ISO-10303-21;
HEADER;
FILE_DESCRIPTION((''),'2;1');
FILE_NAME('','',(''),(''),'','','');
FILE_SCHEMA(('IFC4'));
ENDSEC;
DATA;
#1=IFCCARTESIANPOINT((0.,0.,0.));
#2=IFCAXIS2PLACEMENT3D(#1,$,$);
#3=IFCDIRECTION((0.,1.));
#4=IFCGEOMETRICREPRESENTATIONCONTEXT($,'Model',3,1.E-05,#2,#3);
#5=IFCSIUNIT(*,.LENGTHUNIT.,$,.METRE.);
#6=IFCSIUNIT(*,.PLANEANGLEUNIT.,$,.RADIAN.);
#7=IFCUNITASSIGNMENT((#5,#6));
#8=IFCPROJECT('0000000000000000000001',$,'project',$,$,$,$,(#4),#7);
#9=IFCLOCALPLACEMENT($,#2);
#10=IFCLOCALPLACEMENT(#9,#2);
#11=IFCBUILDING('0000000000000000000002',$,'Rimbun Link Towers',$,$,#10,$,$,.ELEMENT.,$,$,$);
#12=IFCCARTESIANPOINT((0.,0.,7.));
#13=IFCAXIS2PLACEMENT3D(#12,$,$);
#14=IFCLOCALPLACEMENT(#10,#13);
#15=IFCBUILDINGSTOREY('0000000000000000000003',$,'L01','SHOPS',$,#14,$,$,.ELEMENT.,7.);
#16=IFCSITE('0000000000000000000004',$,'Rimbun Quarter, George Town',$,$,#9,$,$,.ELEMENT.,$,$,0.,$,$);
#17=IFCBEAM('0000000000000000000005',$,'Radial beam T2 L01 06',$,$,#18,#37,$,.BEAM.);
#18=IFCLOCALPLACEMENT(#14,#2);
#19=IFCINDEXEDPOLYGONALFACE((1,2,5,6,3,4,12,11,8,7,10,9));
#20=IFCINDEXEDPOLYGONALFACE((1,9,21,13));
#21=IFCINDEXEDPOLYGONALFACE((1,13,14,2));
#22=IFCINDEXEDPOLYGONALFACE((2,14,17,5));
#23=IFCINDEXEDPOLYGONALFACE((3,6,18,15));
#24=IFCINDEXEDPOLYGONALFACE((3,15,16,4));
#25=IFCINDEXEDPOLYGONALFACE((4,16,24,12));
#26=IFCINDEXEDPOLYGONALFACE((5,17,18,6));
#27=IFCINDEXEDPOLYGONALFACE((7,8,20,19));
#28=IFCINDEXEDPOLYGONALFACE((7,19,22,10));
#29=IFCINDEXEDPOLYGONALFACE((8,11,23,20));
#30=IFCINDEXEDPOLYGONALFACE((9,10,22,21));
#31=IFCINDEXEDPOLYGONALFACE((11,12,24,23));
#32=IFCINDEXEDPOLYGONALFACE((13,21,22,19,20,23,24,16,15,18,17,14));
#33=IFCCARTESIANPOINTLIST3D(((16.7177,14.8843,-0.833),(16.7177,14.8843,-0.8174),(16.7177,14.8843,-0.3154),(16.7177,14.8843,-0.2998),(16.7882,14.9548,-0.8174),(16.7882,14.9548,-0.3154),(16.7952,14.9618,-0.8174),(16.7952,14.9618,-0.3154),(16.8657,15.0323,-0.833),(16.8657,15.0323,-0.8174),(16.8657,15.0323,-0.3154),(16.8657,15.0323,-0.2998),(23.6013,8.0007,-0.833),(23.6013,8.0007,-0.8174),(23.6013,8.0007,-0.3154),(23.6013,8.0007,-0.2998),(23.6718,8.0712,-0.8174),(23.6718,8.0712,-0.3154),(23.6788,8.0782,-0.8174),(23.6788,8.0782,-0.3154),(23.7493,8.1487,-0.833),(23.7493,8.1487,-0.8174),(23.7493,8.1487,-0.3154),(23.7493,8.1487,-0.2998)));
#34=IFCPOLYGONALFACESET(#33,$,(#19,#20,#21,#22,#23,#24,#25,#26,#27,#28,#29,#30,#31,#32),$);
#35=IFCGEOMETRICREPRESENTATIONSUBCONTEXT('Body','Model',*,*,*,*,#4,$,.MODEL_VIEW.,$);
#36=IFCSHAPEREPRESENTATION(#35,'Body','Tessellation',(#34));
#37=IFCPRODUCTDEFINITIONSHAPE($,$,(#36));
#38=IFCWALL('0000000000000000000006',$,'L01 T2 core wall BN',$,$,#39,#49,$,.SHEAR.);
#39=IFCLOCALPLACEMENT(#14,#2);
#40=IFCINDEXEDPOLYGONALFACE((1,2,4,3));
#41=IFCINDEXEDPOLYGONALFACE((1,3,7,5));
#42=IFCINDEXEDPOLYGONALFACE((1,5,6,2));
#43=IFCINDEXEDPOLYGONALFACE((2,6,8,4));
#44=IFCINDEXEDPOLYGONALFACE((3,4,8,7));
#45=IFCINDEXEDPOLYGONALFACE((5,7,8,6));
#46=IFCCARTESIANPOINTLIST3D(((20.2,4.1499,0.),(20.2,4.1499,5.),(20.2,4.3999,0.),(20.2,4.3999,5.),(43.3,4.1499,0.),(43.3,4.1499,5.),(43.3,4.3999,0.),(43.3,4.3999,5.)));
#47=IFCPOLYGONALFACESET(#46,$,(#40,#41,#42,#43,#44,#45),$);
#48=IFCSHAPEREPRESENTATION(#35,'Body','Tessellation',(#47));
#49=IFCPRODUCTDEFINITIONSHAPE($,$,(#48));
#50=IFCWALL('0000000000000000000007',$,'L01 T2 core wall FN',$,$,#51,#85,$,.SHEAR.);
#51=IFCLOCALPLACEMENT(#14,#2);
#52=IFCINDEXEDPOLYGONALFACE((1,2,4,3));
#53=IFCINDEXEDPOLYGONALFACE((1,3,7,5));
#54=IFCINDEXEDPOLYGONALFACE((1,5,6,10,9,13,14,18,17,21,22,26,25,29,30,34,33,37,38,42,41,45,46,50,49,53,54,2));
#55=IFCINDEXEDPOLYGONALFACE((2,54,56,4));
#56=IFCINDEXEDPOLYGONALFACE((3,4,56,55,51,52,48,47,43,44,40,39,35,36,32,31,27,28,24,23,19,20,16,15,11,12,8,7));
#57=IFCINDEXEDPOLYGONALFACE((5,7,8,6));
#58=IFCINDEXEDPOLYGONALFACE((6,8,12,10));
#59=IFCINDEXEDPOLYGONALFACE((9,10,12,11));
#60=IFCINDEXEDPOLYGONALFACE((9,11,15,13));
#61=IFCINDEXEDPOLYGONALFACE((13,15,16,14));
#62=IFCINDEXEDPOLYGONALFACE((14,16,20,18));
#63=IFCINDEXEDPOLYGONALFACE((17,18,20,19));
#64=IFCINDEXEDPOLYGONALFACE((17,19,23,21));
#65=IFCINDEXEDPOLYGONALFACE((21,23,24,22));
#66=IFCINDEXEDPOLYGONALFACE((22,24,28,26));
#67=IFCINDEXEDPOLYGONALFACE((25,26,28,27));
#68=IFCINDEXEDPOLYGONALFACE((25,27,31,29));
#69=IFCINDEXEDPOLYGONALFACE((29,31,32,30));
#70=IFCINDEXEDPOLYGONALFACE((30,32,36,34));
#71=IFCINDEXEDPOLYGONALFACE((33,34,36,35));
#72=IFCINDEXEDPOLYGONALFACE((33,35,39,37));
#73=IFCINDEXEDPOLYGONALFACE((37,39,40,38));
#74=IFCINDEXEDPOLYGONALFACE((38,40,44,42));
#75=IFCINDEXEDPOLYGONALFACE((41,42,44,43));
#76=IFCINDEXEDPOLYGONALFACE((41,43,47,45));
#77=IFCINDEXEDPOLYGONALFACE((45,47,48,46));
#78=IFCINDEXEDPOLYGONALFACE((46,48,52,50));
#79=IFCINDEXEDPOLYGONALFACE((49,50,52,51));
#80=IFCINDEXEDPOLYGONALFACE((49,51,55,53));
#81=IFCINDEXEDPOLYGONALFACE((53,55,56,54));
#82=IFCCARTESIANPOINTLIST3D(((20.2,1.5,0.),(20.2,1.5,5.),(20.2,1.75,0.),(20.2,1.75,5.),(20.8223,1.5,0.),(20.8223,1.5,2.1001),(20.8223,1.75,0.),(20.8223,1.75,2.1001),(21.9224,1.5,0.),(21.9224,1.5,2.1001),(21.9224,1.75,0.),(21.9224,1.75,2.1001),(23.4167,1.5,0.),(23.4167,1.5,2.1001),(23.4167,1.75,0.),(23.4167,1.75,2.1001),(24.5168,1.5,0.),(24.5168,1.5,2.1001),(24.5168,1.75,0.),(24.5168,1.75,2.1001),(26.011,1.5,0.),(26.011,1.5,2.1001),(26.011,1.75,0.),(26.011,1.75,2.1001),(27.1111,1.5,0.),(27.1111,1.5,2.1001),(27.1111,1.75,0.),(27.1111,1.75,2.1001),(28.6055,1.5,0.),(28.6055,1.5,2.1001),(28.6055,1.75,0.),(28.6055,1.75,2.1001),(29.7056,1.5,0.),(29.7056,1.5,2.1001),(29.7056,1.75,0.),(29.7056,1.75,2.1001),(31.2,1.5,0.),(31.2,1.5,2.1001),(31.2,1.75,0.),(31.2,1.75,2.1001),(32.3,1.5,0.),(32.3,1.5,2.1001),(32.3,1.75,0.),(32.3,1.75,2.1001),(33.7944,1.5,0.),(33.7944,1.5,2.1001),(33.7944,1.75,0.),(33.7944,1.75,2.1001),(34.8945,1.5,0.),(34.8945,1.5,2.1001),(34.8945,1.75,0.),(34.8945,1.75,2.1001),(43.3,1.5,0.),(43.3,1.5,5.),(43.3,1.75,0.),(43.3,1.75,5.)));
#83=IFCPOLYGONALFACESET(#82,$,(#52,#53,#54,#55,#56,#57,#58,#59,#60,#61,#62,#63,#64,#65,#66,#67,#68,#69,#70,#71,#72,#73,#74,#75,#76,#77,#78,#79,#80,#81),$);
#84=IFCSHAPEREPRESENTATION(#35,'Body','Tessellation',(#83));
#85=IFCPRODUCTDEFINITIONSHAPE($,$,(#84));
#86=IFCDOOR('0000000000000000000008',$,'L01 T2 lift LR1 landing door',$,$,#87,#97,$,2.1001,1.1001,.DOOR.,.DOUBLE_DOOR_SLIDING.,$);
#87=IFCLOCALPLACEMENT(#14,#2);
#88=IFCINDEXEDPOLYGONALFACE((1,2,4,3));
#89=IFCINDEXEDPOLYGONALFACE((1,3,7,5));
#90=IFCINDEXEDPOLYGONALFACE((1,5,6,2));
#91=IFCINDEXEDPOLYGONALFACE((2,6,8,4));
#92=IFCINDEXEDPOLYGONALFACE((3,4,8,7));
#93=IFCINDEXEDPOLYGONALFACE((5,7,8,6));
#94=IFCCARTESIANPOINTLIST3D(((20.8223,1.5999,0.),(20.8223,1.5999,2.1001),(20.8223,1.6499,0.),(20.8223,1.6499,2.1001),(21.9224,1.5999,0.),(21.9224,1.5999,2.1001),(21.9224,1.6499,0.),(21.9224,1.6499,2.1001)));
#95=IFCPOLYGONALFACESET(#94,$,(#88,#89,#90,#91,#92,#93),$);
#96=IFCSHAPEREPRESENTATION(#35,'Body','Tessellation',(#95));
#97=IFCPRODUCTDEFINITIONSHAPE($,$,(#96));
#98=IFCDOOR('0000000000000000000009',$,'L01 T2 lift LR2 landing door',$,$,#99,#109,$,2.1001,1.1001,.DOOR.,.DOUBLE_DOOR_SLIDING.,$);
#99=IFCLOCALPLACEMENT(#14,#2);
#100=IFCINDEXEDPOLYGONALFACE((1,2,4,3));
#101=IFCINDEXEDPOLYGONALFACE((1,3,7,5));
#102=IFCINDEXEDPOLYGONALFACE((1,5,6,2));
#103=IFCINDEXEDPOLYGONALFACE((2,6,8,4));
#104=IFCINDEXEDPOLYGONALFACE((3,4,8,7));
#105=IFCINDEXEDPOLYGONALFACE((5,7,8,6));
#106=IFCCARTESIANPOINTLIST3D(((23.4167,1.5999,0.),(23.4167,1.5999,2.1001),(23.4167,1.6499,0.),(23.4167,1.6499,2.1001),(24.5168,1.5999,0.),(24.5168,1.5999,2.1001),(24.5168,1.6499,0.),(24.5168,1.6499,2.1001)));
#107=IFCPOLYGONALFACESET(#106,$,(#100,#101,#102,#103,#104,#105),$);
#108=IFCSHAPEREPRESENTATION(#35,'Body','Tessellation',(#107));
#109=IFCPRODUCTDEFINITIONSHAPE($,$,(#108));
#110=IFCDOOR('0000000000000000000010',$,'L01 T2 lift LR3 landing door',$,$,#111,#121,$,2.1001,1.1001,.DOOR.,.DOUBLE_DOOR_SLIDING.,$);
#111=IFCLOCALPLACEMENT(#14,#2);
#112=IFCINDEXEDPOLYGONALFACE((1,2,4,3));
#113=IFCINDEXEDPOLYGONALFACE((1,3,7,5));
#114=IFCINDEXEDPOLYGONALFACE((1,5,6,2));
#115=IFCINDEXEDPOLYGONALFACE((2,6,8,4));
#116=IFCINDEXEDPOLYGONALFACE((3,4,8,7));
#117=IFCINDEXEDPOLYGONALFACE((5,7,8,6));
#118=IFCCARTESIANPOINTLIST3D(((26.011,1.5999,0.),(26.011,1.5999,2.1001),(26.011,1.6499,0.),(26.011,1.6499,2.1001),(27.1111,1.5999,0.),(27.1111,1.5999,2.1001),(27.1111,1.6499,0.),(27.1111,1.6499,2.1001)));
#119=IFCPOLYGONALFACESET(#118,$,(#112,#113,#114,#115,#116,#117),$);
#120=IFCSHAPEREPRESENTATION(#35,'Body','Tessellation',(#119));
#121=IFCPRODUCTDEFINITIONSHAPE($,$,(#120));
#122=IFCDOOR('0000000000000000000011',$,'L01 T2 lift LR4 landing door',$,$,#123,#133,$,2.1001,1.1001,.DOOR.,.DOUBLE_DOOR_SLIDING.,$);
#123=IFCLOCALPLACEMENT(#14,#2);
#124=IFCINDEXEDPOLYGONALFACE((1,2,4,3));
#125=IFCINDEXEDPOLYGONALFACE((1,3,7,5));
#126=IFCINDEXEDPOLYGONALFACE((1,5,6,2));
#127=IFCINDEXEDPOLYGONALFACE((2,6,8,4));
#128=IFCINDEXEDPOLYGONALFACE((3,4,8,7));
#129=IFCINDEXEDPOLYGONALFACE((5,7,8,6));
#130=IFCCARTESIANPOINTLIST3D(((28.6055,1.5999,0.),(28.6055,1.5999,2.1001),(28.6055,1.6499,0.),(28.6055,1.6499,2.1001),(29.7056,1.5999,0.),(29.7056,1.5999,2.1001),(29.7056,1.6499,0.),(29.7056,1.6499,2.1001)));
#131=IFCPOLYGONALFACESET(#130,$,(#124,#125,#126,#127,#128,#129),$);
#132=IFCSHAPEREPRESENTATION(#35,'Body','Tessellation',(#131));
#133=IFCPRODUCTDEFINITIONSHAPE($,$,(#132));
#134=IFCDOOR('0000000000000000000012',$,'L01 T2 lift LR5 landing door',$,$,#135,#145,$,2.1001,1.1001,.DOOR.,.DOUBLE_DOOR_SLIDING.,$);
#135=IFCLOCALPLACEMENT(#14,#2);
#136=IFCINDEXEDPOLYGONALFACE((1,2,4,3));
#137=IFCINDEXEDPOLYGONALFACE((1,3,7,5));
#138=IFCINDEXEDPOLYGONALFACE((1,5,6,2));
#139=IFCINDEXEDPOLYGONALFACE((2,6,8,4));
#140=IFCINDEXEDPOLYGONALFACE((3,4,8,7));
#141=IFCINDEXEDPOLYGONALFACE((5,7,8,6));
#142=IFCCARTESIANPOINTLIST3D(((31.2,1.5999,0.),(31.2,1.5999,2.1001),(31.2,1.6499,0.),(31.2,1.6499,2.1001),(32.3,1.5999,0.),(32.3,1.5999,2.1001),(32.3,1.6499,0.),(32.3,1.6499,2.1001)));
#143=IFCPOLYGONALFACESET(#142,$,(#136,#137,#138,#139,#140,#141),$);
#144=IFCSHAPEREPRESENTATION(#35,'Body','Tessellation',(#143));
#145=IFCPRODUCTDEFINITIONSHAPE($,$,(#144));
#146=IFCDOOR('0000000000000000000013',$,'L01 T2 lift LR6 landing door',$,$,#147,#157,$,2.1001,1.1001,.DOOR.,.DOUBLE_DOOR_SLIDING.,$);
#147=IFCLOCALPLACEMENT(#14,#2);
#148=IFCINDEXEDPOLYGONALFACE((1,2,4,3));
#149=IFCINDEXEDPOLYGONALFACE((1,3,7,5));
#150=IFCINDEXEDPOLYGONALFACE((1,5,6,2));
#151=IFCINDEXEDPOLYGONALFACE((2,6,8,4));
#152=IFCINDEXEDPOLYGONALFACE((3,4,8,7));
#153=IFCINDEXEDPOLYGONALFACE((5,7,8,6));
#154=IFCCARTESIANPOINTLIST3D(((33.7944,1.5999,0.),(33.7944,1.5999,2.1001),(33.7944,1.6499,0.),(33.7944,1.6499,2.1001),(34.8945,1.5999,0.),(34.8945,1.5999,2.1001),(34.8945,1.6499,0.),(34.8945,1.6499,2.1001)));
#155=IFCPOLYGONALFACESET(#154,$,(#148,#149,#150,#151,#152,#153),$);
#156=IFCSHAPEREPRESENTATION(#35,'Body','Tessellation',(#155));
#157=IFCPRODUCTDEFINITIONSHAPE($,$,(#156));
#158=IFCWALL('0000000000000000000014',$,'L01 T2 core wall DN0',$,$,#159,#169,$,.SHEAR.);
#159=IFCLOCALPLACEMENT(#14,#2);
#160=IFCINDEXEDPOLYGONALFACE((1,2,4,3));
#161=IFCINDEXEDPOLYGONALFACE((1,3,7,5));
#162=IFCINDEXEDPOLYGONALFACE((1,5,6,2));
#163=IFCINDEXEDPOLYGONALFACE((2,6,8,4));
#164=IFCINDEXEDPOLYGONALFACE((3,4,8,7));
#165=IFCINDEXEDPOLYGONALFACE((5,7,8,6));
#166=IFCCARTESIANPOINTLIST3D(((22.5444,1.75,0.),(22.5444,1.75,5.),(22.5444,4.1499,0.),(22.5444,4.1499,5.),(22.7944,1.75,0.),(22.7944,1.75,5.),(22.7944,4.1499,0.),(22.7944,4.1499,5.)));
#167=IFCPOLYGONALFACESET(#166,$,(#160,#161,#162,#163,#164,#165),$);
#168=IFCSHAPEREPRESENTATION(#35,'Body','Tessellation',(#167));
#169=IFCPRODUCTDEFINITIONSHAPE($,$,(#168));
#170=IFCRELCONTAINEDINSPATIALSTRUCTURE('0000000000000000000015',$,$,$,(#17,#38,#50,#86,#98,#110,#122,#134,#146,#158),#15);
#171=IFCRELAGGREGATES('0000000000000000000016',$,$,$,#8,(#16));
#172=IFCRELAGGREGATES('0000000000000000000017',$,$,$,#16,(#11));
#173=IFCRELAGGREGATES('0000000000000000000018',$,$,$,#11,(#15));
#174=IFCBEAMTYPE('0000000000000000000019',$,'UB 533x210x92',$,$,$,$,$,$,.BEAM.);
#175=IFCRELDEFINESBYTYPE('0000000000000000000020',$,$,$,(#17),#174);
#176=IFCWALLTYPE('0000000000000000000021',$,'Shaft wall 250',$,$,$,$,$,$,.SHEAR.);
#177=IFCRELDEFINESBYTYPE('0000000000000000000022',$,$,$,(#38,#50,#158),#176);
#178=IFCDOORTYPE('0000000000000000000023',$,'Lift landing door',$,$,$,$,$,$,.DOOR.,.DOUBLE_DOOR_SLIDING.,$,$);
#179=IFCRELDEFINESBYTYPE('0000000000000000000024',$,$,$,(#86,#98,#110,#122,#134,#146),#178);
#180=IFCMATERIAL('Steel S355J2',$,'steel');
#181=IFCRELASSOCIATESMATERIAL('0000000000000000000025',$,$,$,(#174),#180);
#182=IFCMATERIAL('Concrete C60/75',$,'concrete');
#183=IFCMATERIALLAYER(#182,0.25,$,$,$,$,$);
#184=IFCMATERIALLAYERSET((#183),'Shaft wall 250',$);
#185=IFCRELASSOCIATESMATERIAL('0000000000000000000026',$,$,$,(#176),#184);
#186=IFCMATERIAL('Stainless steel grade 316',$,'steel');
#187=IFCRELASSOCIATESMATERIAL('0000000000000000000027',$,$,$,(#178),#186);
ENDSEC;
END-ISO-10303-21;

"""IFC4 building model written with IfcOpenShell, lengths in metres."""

from ifc_helpers import new_model, si_unit, direction, frame, frame_2d, origin, origin_2d, place, context, subcontext, project, spatial, rectangle, i_section, extrude, material, layer, layer_set, material_profile, profile_set, type_object, element, fill, save


model = new_model("IFC4")

# Units and contexts
model_context = context("Model", 3, precision=1e-05, world=origin(), true_north=direction((0.0, 1.0)))
body_context = subcontext(model_context, "Body", "Model", "MODEL_VIEW")
ifc_project = project(units=[si_unit("LENGTHUNIT", "METRE"), si_unit("PLANEANGLEUNIT", "RADIAN")], contexts=[model_context])

# Site, building, storey
site_placement = place(None, origin())
site = spatial("IfcSite", under=ifc_project, at=site_placement, Name="Rimbun Quarter, George Town", CompositionType="ELEMENT", RefElevation=0.0)
building_placement = place(site_placement, origin())
building = spatial("IfcBuilding", under=site, at=building_placement, Name="Rimbun Link Towers", CompositionType="ELEMENT")
storey_placement = place(building_placement, frame((0.0, 0.0, 7.0)))
storey = spatial("IfcBuildingStorey", under=building, at=storey_placement, Name="L01", Description="SHOPS", CompositionType="ELEMENT", Elevation=7.0)

# Beam
ifc_material_1 = material(Name="Steel S355J2", Category="steel")
ifc_material_profile = material_profile(ifc_material_1, i_section(OverallWidth=0.2092, OverallDepth=0.5332, WebThickness=0.01, FlangeThickness=0.0156, at=origin_2d()), Name="UB 533x210x92")
ifc_profile_set = profile_set([ifc_material_profile], Name="Steel S355J2")
beam_type = type_object("IfcBeamType", Name="UB 533x210x92", PredefinedType="BEAM", material=ifc_profile_set)
beam_placement = place(storey_placement, frame((23.6753, 8.0747, -0.5664), z_axis=(-0.707107, 0.707107, 0.0), x_axis=(-0.707107, -0.707107, 0.0)))
element("IfcBeam", 1, at=beam_placement, inside=storey, type_object=beam_type, Name="Radial beam T2 L01 06", PredefinedType="BEAM", context=body_context, shape_type="SweptSolid", body=[
    extrude(i_section(OverallWidth=0.2092, OverallDepth=0.5332, WebThickness=0.01, FlangeThickness=0.0156, at=origin_2d()), origin(), (0.0, 0.0, 1.0), 9.7349),
])

# Wall
ifc_material_2 = material(Name="Concrete C60/75", Category="concrete")
ifc_layer = layer(ifc_material_2, 0.25)
ifc_layer_set = layer_set([ifc_layer], Name="Shaft wall 250")
wall_type = type_object("IfcWallType", Name="Shaft wall 250", PredefinedType="SHEAR", material=ifc_layer_set)
wall_1_placement = place(storey_placement, frame((20.2, 4.2749, 0.0), z_axis=(0.0, 0.0, 1.0), x_axis=(1.0, 0.0, 0.0)))
element("IfcWall", 2, at=wall_1_placement, inside=storey, type_object=wall_type, Name="L01 T2 core wall BN", PredefinedType="SHEAR", context=body_context, shape_type="SweptSolid", body=[
    extrude(rectangle(XDim=23.1001, YDim=0.25, at=frame_2d((11.55, 0.0))), origin(), (0.0, 0.0, 1.0), 5.0),
])

# Wall, openings, doors
wall_2_placement = place(storey_placement, frame((20.2, 1.625, 0.0), z_axis=(0.0, 0.0, 1.0), x_axis=(1.0, 0.0, 0.0)))
wall_2 = element("IfcWall", 3, at=wall_2_placement, inside=storey, type_object=wall_type, Name="L01 T2 core wall FN", PredefinedType="SHEAR", context=body_context, shape_type="SweptSolid", body=[
    extrude(rectangle(XDim=23.1001, YDim=0.25, at=frame_2d((11.55, 0.0))), origin(), (0.0, 0.0, 1.0), 5.0),
])
opening_1_placement = place(wall_2_placement, frame((0.6223, 0.0, 0.0)))
opening_1 = element("IfcOpeningElement", 4, at=opening_1_placement, cuts=wall_2, PredefinedType="OPENING", context=body_context, shape_type="SweptSolid", body=[
    extrude(rectangle(XDim=1.1001, YDim=2.1001, at=frame_2d((0.55, 1.05))), frame((0.0, 0.135, 0.0), z_axis=(0.0, -1.0, 0.0), x_axis=(1.0, 0.0, 0.0)), (0.0, 0.0, 1.0), 0.27),
])
opening_2_placement = place(wall_2_placement, frame((3.2168, 0.0, 0.0)))
opening_2 = element("IfcOpeningElement", 5, at=opening_2_placement, cuts=wall_2, PredefinedType="OPENING", context=body_context, shape_type="SweptSolid", body=[
    extrude(rectangle(XDim=1.1001, YDim=2.1001, at=frame_2d((0.55, 1.05))), frame((0.0, 0.135, 0.0), z_axis=(0.0, -1.0, 0.0), x_axis=(1.0, 0.0, 0.0)), (0.0, 0.0, 1.0), 0.27),
])
opening_3_placement = place(wall_2_placement, frame((5.811, 0.0, 0.0)))
opening_3 = element("IfcOpeningElement", 6, at=opening_3_placement, cuts=wall_2, PredefinedType="OPENING", context=body_context, shape_type="SweptSolid", body=[
    extrude(rectangle(XDim=1.1001, YDim=2.1001, at=frame_2d((0.55, 1.05))), frame((0.0, 0.135, 0.0), z_axis=(0.0, -1.0, 0.0), x_axis=(1.0, 0.0, 0.0)), (0.0, 0.0, 1.0), 0.27),
])
opening_4_placement = place(wall_2_placement, frame((8.4055, 0.0, 0.0)))
opening_4 = element("IfcOpeningElement", 7, at=opening_4_placement, cuts=wall_2, PredefinedType="OPENING", context=body_context, shape_type="SweptSolid", body=[
    extrude(rectangle(XDim=1.1001, YDim=2.1001, at=frame_2d((0.55, 1.05))), frame((0.0, 0.135, 0.0), z_axis=(0.0, -1.0, 0.0), x_axis=(1.0, 0.0, 0.0)), (0.0, 0.0, 1.0), 0.27),
])
opening_5_placement = place(wall_2_placement, frame((11.0, 0.0, 0.0)))
opening_5 = element("IfcOpeningElement", 8, at=opening_5_placement, cuts=wall_2, PredefinedType="OPENING", context=body_context, shape_type="SweptSolid", body=[
    extrude(rectangle(XDim=1.1001, YDim=2.1001, at=frame_2d((0.55, 1.05))), frame((0.0, 0.135, 0.0), z_axis=(0.0, -1.0, 0.0), x_axis=(1.0, 0.0, 0.0)), (0.0, 0.0, 1.0), 0.27),
])
opening_6_placement = place(wall_2_placement, frame((13.5945, 0.0, 0.0)))
opening_6 = element("IfcOpeningElement", 9, at=opening_6_placement, cuts=wall_2, PredefinedType="OPENING", context=body_context, shape_type="SweptSolid", body=[
    extrude(rectangle(XDim=1.1001, YDim=2.1001, at=frame_2d((0.55, 1.05))), frame((0.0, 0.135, 0.0), z_axis=(0.0, -1.0, 0.0), x_axis=(1.0, 0.0, 0.0)), (0.0, 0.0, 1.0), 0.27),
])
ifc_material_3 = material(Name="Stainless steel grade 316", Category="steel")
door_type = type_object("IfcDoorType", Name="Lift landing door", OperationType="DOUBLE_DOOR_SLIDING", PredefinedType="DOOR", material=ifc_material_3)
door_1_placement = place(opening_1_placement, origin())
door_1 = element("IfcDoor", 10, at=door_1_placement, inside=storey, type_object=door_type, Name="L01 T2 lift LR1 landing door", OperationType="DOUBLE_DOOR_SLIDING", OverallHeight=2.1001, OverallWidth=1.1001, PredefinedType="DOOR", context=body_context, shape_type="SweptSolid", body=[
    extrude(rectangle(XDim=1.1001, YDim=2.1001, at=frame_2d((0.55, 1.05))), frame((0.0, 0.0249, 0.0), z_axis=(0.0, -1.0, 0.0), x_axis=(1.0, 0.0, 0.0)), (0.0, 0.0, 1.0), 0.05),
])
fill(opening_1, door_1)
door_2_placement = place(opening_2_placement, origin())
door_2 = element("IfcDoor", 11, at=door_2_placement, inside=storey, type_object=door_type, Name="L01 T2 lift LR2 landing door", OperationType="DOUBLE_DOOR_SLIDING", OverallHeight=2.1001, OverallWidth=1.1001, PredefinedType="DOOR", context=body_context, shape_type="SweptSolid", body=[
    extrude(rectangle(XDim=1.1001, YDim=2.1001, at=frame_2d((0.55, 1.05))), frame((0.0, 0.0249, 0.0), z_axis=(0.0, -1.0, 0.0), x_axis=(1.0, 0.0, 0.0)), (0.0, 0.0, 1.0), 0.05),
])
fill(opening_2, door_2)
door_3_placement = place(opening_3_placement, origin())
door_3 = element("IfcDoor", 12, at=door_3_placement, inside=storey, type_object=door_type, Name="L01 T2 lift LR3 landing door", OperationType="DOUBLE_DOOR_SLIDING", OverallHeight=2.1001, OverallWidth=1.1001, PredefinedType="DOOR", context=body_context, shape_type="SweptSolid", body=[
    extrude(rectangle(XDim=1.1001, YDim=2.1001, at=frame_2d((0.55, 1.05))), frame((0.0, 0.0249, 0.0), z_axis=(0.0, -1.0, 0.0), x_axis=(1.0, 0.0, 0.0)), (0.0, 0.0, 1.0), 0.05),
])
fill(opening_3, door_3)
door_4_placement = place(opening_4_placement, origin())
door_4 = element("IfcDoor", 13, at=door_4_placement, inside=storey, type_object=door_type, Name="L01 T2 lift LR4 landing door", OperationType="DOUBLE_DOOR_SLIDING", OverallHeight=2.1001, OverallWidth=1.1001, PredefinedType="DOOR", context=body_context, shape_type="SweptSolid", body=[
    extrude(rectangle(XDim=1.1001, YDim=2.1001, at=frame_2d((0.55, 1.05))), frame((0.0, 0.0249, 0.0), z_axis=(0.0, -1.0, 0.0), x_axis=(1.0, 0.0, 0.0)), (0.0, 0.0, 1.0), 0.05),
])
fill(opening_4, door_4)
door_5_placement = place(opening_5_placement, origin())
door_5 = element("IfcDoor", 14, at=door_5_placement, inside=storey, type_object=door_type, Name="L01 T2 lift LR5 landing door", OperationType="DOUBLE_DOOR_SLIDING", OverallHeight=2.1001, OverallWidth=1.1001, PredefinedType="DOOR", context=body_context, shape_type="SweptSolid", body=[
    extrude(rectangle(XDim=1.1001, YDim=2.1001, at=frame_2d((0.55, 1.05))), frame((0.0, 0.0249, 0.0), z_axis=(0.0, -1.0, 0.0), x_axis=(1.0, 0.0, 0.0)), (0.0, 0.0, 1.0), 0.05),
])
fill(opening_5, door_5)
door_6_placement = place(opening_6_placement, origin())
door_6 = element("IfcDoor", 15, at=door_6_placement, inside=storey, type_object=door_type, Name="L01 T2 lift LR6 landing door", OperationType="DOUBLE_DOOR_SLIDING", OverallHeight=2.1001, OverallWidth=1.1001, PredefinedType="DOOR", context=body_context, shape_type="SweptSolid", body=[
    extrude(rectangle(XDim=1.1001, YDim=2.1001, at=frame_2d((0.55, 1.05))), frame((0.0, 0.0249, 0.0), z_axis=(0.0, -1.0, 0.0), x_axis=(1.0, 0.0, 0.0)), (0.0, 0.0, 1.0), 0.05),
])
fill(opening_6, door_6)

# Wall
for number, where, z_axis, x_axis, name in (
    (16, (22.6694, 1.75, 0.0), (0.0, 0.0, 1.0), (0.0, 1.0, 0.0), "L01 T2 core wall DN0"),
):
    element("IfcWall", number, at=place(storey_placement, frame(where, z_axis=z_axis, x_axis=x_axis)), inside=storey, type_object=wall_type, Name=name, PredefinedType="SHEAR", context=body_context, shape_type="SweptSolid", body=[
        extrude(rectangle(XDim=2.3999, YDim=0.25, at=frame_2d((1.2, 0.0))), origin(), (0.0, 0.0, 1.0), 5.0),
    ])

save(model, "model.ifc")
